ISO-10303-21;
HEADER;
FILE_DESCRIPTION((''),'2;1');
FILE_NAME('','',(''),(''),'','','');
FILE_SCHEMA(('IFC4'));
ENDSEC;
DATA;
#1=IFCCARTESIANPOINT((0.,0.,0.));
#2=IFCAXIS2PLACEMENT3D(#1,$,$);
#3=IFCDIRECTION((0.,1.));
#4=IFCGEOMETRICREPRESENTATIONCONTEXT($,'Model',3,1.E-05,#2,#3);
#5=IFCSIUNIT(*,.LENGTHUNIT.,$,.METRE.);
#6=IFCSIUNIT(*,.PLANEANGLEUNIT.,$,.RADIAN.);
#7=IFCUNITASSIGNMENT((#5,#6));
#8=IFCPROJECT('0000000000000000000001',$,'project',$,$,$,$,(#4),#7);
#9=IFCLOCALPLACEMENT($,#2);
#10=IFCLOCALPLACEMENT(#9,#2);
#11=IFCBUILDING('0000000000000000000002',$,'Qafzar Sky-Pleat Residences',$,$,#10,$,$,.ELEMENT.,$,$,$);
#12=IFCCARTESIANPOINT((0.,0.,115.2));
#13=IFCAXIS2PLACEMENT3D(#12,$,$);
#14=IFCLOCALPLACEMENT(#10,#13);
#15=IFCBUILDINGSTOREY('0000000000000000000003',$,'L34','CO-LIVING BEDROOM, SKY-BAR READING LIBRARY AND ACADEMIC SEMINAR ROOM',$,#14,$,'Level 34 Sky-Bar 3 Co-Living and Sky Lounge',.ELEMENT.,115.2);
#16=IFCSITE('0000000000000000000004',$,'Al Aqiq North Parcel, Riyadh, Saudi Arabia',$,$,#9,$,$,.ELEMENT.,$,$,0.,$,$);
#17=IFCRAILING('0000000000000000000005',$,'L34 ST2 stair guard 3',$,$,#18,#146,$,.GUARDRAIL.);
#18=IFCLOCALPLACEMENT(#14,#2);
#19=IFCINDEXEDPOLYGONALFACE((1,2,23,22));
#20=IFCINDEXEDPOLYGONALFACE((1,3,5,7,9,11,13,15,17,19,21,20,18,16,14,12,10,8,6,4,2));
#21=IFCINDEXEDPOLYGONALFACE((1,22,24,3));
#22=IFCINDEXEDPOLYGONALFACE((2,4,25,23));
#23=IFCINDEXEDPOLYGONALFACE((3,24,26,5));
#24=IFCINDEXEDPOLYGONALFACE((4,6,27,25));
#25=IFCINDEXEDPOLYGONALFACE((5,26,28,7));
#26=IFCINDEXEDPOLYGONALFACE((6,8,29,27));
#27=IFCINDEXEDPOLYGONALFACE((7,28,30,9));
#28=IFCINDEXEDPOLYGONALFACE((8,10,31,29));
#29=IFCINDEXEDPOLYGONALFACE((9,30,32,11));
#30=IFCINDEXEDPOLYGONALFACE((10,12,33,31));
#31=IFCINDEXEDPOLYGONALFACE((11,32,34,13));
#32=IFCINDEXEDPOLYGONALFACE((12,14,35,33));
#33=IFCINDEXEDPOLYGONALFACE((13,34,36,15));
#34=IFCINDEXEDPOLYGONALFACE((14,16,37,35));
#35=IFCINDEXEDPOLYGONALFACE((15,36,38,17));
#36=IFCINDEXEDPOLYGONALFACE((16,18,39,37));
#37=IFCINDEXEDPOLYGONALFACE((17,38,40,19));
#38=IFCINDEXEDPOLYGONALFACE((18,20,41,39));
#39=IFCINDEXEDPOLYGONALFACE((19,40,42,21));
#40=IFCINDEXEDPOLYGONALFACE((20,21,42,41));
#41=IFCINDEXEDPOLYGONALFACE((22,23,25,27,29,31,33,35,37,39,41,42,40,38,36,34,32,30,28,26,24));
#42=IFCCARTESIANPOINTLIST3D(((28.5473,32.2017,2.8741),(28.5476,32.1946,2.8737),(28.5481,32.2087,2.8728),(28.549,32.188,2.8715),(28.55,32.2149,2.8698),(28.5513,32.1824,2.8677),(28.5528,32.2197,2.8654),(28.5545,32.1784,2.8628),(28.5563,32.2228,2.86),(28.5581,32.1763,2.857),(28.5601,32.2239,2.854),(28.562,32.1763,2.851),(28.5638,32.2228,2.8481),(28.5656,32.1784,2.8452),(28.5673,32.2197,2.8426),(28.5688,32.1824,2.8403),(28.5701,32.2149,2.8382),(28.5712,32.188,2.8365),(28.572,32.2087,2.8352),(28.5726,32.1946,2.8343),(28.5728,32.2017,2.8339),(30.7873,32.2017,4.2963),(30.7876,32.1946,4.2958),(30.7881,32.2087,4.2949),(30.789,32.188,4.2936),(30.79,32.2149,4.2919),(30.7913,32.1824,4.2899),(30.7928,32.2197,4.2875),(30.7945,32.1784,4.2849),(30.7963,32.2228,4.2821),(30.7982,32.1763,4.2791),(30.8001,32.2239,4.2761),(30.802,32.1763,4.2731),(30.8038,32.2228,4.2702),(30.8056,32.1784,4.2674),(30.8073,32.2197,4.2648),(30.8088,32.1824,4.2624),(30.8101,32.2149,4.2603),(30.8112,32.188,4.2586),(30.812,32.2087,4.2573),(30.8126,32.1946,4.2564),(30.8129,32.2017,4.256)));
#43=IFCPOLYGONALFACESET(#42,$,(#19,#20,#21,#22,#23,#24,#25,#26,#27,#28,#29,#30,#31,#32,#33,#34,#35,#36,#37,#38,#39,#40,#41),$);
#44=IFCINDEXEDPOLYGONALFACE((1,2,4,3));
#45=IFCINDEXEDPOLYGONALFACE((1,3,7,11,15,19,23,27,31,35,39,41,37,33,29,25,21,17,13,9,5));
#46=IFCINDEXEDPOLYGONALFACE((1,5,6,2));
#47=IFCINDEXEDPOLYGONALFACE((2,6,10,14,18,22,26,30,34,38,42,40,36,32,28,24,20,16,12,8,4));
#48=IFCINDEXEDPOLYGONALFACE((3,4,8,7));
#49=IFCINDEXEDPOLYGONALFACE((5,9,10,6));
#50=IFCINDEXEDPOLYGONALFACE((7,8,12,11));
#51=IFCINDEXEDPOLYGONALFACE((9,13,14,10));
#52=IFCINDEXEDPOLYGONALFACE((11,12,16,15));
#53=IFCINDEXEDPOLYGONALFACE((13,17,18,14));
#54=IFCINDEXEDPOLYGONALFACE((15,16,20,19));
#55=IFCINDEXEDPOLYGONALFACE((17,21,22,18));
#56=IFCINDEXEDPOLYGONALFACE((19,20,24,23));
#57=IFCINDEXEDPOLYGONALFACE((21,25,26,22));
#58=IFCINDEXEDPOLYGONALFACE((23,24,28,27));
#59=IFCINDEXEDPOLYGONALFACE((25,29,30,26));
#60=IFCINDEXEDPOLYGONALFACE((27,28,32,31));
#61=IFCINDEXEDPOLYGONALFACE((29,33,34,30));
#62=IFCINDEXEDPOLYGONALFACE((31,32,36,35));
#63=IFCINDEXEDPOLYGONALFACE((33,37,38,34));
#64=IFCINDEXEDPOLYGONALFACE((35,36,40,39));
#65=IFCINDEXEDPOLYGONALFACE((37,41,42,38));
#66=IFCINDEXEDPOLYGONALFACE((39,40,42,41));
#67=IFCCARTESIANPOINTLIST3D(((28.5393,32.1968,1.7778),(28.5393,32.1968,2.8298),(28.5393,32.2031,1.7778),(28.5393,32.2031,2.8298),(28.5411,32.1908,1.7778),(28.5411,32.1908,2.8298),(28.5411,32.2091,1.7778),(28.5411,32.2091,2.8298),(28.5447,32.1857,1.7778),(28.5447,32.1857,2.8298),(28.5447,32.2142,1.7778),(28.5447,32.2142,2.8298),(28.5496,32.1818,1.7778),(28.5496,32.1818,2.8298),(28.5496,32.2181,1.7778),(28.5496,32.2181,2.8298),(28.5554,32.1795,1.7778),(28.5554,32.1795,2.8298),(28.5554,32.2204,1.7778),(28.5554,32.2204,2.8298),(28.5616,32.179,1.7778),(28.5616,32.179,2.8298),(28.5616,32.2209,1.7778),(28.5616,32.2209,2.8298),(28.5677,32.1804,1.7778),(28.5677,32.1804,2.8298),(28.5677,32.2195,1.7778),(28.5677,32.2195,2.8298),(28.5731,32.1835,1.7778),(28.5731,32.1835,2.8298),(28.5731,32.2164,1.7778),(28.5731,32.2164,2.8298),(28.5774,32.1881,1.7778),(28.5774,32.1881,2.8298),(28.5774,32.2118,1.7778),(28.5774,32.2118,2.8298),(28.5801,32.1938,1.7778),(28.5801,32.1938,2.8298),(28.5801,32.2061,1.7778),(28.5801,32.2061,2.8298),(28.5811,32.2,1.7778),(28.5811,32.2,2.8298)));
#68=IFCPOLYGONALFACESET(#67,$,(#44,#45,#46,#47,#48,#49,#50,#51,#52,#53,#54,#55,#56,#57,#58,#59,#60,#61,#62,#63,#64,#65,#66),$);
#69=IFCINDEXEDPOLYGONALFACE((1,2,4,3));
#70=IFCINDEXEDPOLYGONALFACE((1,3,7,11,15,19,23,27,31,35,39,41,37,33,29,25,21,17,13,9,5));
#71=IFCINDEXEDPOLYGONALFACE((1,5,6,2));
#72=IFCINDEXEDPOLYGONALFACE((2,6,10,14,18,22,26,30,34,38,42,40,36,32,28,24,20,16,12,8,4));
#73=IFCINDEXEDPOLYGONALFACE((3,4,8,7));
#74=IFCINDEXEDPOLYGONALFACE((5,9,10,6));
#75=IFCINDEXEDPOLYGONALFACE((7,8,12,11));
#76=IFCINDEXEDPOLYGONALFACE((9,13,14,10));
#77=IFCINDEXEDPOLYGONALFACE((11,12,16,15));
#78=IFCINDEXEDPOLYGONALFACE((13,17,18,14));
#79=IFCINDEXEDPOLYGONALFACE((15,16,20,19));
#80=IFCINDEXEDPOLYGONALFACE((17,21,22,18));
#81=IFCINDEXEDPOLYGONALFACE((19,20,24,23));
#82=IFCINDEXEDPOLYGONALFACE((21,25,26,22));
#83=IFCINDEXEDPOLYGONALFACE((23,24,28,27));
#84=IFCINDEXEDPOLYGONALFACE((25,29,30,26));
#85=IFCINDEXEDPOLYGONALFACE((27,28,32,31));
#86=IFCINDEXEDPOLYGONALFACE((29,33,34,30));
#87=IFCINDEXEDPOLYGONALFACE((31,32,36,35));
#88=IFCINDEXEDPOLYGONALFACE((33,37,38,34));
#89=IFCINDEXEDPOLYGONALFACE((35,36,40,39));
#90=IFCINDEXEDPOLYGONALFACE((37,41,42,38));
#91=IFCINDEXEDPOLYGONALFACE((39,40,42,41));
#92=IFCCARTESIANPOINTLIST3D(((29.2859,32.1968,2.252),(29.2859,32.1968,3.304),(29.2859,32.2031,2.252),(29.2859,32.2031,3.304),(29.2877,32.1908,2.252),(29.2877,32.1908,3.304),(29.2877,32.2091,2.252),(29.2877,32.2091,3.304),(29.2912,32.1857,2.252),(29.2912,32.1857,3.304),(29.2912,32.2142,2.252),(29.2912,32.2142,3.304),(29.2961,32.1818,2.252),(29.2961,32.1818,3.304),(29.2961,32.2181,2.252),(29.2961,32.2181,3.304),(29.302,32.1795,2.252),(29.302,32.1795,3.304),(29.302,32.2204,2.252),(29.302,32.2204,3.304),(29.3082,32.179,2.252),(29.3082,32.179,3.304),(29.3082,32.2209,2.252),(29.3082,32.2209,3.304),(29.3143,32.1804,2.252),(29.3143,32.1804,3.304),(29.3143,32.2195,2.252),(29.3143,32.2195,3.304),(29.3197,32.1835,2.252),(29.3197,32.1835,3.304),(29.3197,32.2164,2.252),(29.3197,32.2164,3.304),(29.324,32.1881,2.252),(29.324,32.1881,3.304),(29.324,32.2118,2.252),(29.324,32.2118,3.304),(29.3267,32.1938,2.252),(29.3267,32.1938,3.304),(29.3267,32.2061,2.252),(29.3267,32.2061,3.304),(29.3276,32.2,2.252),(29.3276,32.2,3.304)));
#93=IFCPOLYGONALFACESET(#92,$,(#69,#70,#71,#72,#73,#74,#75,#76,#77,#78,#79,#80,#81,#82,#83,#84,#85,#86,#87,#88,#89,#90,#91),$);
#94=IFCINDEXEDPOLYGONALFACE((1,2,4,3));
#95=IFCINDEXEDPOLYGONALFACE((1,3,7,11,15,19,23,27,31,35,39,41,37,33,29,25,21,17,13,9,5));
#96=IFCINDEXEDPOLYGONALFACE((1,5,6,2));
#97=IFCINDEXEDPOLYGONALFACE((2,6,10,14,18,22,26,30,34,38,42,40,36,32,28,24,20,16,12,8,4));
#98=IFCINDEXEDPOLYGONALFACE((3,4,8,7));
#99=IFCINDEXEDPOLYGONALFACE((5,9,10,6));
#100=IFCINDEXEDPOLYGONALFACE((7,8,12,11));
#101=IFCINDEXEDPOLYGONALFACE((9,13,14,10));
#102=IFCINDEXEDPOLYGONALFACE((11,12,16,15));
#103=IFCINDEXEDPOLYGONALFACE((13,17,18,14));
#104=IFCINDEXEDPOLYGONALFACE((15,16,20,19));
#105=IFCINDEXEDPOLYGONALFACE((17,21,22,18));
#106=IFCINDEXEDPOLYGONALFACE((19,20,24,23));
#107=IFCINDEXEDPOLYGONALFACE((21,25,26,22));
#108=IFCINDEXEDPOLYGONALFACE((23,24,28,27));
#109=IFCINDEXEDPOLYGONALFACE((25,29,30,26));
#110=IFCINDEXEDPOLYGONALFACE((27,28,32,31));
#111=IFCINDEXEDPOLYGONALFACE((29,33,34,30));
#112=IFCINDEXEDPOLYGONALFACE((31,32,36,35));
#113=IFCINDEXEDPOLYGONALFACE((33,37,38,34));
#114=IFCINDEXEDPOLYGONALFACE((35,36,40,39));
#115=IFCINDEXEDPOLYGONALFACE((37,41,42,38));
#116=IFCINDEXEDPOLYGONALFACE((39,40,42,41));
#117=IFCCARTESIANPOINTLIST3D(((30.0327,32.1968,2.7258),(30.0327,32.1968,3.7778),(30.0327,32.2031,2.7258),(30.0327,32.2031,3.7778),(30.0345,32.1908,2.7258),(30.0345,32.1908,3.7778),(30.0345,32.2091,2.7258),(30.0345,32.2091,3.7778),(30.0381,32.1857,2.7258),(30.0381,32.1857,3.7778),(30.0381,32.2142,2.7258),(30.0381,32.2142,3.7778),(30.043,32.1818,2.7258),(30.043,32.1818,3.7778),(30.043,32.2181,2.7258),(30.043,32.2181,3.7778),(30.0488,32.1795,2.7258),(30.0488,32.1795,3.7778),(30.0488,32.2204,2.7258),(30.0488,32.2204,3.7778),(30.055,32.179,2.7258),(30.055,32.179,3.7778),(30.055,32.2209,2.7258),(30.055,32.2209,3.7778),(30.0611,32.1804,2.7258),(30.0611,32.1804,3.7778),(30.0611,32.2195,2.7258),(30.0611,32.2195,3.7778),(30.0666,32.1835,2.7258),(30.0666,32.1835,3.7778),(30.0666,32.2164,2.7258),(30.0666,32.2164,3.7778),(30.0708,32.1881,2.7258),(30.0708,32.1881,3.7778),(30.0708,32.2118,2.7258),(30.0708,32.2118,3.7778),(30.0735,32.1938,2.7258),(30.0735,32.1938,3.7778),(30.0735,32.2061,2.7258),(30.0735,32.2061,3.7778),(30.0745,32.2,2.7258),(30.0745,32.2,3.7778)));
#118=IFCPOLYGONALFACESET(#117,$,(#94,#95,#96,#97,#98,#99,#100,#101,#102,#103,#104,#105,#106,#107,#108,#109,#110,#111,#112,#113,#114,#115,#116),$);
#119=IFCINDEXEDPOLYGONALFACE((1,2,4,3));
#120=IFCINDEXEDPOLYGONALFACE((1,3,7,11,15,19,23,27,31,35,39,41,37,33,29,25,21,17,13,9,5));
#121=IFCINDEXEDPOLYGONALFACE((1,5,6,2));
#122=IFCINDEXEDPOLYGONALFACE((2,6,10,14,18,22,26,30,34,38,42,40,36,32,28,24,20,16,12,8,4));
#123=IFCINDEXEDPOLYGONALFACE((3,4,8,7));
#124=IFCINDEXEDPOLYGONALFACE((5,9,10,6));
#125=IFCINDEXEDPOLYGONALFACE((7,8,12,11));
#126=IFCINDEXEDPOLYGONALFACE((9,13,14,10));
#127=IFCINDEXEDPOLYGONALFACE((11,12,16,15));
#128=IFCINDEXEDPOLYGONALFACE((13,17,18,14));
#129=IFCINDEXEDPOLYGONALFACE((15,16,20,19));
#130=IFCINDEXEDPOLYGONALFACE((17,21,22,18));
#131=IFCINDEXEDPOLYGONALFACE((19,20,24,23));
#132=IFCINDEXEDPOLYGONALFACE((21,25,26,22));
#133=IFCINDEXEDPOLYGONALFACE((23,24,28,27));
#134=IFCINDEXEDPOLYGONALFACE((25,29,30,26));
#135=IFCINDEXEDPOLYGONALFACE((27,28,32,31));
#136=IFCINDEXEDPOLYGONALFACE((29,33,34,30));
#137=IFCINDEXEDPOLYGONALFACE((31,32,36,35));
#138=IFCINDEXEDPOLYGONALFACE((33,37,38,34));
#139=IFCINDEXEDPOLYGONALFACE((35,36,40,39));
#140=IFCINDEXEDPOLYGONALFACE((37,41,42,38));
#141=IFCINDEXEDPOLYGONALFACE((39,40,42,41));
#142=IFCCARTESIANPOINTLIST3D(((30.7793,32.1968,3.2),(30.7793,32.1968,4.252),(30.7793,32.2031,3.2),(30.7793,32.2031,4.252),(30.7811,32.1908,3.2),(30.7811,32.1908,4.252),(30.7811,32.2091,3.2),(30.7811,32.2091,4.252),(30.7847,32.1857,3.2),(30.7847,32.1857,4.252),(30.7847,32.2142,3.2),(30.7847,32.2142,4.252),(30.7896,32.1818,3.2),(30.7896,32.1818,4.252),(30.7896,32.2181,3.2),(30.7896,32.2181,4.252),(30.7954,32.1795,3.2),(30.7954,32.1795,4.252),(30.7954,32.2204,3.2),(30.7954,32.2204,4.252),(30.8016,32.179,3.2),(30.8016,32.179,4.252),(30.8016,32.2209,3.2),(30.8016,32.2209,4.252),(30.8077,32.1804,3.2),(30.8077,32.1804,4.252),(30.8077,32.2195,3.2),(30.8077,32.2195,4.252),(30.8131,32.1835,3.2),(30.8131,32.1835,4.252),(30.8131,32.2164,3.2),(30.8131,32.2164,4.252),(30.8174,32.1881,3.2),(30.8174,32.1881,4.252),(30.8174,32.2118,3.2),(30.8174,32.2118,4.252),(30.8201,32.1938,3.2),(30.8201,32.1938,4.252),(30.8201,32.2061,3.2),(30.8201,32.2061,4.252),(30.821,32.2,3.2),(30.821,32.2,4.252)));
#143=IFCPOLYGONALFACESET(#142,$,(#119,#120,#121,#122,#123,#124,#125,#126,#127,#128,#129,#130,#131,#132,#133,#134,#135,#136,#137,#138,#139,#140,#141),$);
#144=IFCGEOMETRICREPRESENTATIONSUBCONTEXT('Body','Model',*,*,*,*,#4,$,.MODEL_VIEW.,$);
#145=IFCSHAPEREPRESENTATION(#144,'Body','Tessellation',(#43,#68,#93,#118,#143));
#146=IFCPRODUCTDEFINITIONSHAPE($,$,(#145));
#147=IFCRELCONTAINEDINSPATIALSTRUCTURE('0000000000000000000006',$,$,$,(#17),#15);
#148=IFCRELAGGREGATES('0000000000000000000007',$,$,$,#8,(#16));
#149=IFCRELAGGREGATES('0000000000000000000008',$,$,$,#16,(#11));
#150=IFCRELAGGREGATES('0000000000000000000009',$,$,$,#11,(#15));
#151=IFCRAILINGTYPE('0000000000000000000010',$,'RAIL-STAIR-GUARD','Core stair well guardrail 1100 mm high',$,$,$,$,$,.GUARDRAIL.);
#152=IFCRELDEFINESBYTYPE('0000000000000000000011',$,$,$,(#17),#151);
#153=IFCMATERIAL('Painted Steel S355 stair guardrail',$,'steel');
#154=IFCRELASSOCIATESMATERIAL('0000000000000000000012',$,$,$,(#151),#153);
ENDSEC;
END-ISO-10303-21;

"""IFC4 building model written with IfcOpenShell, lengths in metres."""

from ifc_helpers import new_model, si_unit, direction, frame, origin, origin_2d, place, context, subcontext, project, spatial, circle, extrude, source, transform, mapped, material, type_object, element, save


model = new_model("IFC4")

# Units and contexts
model_context = context("Model", 3, precision=1e-05, world=origin(), true_north=direction((0.0, 1.0)))
body_context = subcontext(model_context, "Body", "Model", "MODEL_VIEW")
ifc_project = project(units=[si_unit("LENGTHUNIT", "METRE"), si_unit("PLANEANGLEUNIT", "RADIAN")], contexts=[model_context])

# Site, building, storey
site_placement = place(None, origin())
site = spatial("IfcSite", under=ifc_project, at=site_placement, Name="Al Aqiq North Parcel, Riyadh, Saudi Arabia", CompositionType="ELEMENT", RefElevation=0.0)
building_placement = place(site_placement, origin())
building = spatial("IfcBuilding", under=site, at=building_placement, Name="Qafzar Sky-Pleat Residences", CompositionType="ELEMENT")
storey_placement = place(building_placement, frame((0.0, 0.0, 115.2)))
storey = spatial("IfcBuildingStorey", under=building, at=storey_placement, Name="L34", Description="CO-LIVING BEDROOM, SKY-BAR READING LIBRARY AND ACADEMIC SEMINAR ROOM", LongName="Level 34 Sky-Bar 3 Co-Living and Sky Lounge", CompositionType="ELEMENT", Elevation=115.2)

# Railing
ifc_material_1 = material(Name="Painted Steel S355 stair guardrail", Category="steel")
railing_type_1 = type_object("IfcRailingType", Name="RAIL-STAIR-GUARD", Description="Core stair well guardrail 1100 mm high", PredefinedType="GUARDRAIL", material=ifc_material_1)
shared_shape_1 = source(origin(), body_context, "Body", "SweptSolid", [
    extrude(circle(Radius=0.0239, at=origin_2d()), frame((0.0, 0.0, 1.0762), z_axis=(0.844229, 0.0, 0.535982), x_axis=(0.0, 1.0, 0.0)), (0.0, 0.0, 1.0), 2.6533),
    extrude(circle(Radius=0.021, at=origin_2d()), origin(), (0.0, 0.0, 1.0), 1.052),
    extrude(circle(Radius=0.021, at=origin_2d()), frame((0.7466, 0.0, 0.4741)), (0.0, 0.0, 1.0), 1.052),
    extrude(circle(Radius=0.021, at=origin_2d()), frame((1.4934, 0.0, 0.948)), (0.0, 0.0, 1.0), 1.052),
    extrude(circle(Radius=0.021, at=origin_2d()), frame((2.24, 0.0, 1.4221)), (0.0, 0.0, 1.0), 1.052),
])
railing_1_placement = place(storey_placement, frame((28.5601, 32.2, 1.7778)))
element("IfcRailing", 1, at=railing_1_placement, inside=storey, type_object=railing_type_1, Name="L34 ST2 stair guard 3", PredefinedType="GUARDRAIL", context=body_context, shape_type="MappedRepresentation", body=[
    mapped(shared_shape_1, transform((0.0, 0.0, 0.0), x_axis=(1.0, 0.0, 0.0), y_axis=(0.0, 1.0, 0.0), z_axis=(0.0, 0.0, 1.0), scale=1.0)),
])

save(model, "model.ifc")
